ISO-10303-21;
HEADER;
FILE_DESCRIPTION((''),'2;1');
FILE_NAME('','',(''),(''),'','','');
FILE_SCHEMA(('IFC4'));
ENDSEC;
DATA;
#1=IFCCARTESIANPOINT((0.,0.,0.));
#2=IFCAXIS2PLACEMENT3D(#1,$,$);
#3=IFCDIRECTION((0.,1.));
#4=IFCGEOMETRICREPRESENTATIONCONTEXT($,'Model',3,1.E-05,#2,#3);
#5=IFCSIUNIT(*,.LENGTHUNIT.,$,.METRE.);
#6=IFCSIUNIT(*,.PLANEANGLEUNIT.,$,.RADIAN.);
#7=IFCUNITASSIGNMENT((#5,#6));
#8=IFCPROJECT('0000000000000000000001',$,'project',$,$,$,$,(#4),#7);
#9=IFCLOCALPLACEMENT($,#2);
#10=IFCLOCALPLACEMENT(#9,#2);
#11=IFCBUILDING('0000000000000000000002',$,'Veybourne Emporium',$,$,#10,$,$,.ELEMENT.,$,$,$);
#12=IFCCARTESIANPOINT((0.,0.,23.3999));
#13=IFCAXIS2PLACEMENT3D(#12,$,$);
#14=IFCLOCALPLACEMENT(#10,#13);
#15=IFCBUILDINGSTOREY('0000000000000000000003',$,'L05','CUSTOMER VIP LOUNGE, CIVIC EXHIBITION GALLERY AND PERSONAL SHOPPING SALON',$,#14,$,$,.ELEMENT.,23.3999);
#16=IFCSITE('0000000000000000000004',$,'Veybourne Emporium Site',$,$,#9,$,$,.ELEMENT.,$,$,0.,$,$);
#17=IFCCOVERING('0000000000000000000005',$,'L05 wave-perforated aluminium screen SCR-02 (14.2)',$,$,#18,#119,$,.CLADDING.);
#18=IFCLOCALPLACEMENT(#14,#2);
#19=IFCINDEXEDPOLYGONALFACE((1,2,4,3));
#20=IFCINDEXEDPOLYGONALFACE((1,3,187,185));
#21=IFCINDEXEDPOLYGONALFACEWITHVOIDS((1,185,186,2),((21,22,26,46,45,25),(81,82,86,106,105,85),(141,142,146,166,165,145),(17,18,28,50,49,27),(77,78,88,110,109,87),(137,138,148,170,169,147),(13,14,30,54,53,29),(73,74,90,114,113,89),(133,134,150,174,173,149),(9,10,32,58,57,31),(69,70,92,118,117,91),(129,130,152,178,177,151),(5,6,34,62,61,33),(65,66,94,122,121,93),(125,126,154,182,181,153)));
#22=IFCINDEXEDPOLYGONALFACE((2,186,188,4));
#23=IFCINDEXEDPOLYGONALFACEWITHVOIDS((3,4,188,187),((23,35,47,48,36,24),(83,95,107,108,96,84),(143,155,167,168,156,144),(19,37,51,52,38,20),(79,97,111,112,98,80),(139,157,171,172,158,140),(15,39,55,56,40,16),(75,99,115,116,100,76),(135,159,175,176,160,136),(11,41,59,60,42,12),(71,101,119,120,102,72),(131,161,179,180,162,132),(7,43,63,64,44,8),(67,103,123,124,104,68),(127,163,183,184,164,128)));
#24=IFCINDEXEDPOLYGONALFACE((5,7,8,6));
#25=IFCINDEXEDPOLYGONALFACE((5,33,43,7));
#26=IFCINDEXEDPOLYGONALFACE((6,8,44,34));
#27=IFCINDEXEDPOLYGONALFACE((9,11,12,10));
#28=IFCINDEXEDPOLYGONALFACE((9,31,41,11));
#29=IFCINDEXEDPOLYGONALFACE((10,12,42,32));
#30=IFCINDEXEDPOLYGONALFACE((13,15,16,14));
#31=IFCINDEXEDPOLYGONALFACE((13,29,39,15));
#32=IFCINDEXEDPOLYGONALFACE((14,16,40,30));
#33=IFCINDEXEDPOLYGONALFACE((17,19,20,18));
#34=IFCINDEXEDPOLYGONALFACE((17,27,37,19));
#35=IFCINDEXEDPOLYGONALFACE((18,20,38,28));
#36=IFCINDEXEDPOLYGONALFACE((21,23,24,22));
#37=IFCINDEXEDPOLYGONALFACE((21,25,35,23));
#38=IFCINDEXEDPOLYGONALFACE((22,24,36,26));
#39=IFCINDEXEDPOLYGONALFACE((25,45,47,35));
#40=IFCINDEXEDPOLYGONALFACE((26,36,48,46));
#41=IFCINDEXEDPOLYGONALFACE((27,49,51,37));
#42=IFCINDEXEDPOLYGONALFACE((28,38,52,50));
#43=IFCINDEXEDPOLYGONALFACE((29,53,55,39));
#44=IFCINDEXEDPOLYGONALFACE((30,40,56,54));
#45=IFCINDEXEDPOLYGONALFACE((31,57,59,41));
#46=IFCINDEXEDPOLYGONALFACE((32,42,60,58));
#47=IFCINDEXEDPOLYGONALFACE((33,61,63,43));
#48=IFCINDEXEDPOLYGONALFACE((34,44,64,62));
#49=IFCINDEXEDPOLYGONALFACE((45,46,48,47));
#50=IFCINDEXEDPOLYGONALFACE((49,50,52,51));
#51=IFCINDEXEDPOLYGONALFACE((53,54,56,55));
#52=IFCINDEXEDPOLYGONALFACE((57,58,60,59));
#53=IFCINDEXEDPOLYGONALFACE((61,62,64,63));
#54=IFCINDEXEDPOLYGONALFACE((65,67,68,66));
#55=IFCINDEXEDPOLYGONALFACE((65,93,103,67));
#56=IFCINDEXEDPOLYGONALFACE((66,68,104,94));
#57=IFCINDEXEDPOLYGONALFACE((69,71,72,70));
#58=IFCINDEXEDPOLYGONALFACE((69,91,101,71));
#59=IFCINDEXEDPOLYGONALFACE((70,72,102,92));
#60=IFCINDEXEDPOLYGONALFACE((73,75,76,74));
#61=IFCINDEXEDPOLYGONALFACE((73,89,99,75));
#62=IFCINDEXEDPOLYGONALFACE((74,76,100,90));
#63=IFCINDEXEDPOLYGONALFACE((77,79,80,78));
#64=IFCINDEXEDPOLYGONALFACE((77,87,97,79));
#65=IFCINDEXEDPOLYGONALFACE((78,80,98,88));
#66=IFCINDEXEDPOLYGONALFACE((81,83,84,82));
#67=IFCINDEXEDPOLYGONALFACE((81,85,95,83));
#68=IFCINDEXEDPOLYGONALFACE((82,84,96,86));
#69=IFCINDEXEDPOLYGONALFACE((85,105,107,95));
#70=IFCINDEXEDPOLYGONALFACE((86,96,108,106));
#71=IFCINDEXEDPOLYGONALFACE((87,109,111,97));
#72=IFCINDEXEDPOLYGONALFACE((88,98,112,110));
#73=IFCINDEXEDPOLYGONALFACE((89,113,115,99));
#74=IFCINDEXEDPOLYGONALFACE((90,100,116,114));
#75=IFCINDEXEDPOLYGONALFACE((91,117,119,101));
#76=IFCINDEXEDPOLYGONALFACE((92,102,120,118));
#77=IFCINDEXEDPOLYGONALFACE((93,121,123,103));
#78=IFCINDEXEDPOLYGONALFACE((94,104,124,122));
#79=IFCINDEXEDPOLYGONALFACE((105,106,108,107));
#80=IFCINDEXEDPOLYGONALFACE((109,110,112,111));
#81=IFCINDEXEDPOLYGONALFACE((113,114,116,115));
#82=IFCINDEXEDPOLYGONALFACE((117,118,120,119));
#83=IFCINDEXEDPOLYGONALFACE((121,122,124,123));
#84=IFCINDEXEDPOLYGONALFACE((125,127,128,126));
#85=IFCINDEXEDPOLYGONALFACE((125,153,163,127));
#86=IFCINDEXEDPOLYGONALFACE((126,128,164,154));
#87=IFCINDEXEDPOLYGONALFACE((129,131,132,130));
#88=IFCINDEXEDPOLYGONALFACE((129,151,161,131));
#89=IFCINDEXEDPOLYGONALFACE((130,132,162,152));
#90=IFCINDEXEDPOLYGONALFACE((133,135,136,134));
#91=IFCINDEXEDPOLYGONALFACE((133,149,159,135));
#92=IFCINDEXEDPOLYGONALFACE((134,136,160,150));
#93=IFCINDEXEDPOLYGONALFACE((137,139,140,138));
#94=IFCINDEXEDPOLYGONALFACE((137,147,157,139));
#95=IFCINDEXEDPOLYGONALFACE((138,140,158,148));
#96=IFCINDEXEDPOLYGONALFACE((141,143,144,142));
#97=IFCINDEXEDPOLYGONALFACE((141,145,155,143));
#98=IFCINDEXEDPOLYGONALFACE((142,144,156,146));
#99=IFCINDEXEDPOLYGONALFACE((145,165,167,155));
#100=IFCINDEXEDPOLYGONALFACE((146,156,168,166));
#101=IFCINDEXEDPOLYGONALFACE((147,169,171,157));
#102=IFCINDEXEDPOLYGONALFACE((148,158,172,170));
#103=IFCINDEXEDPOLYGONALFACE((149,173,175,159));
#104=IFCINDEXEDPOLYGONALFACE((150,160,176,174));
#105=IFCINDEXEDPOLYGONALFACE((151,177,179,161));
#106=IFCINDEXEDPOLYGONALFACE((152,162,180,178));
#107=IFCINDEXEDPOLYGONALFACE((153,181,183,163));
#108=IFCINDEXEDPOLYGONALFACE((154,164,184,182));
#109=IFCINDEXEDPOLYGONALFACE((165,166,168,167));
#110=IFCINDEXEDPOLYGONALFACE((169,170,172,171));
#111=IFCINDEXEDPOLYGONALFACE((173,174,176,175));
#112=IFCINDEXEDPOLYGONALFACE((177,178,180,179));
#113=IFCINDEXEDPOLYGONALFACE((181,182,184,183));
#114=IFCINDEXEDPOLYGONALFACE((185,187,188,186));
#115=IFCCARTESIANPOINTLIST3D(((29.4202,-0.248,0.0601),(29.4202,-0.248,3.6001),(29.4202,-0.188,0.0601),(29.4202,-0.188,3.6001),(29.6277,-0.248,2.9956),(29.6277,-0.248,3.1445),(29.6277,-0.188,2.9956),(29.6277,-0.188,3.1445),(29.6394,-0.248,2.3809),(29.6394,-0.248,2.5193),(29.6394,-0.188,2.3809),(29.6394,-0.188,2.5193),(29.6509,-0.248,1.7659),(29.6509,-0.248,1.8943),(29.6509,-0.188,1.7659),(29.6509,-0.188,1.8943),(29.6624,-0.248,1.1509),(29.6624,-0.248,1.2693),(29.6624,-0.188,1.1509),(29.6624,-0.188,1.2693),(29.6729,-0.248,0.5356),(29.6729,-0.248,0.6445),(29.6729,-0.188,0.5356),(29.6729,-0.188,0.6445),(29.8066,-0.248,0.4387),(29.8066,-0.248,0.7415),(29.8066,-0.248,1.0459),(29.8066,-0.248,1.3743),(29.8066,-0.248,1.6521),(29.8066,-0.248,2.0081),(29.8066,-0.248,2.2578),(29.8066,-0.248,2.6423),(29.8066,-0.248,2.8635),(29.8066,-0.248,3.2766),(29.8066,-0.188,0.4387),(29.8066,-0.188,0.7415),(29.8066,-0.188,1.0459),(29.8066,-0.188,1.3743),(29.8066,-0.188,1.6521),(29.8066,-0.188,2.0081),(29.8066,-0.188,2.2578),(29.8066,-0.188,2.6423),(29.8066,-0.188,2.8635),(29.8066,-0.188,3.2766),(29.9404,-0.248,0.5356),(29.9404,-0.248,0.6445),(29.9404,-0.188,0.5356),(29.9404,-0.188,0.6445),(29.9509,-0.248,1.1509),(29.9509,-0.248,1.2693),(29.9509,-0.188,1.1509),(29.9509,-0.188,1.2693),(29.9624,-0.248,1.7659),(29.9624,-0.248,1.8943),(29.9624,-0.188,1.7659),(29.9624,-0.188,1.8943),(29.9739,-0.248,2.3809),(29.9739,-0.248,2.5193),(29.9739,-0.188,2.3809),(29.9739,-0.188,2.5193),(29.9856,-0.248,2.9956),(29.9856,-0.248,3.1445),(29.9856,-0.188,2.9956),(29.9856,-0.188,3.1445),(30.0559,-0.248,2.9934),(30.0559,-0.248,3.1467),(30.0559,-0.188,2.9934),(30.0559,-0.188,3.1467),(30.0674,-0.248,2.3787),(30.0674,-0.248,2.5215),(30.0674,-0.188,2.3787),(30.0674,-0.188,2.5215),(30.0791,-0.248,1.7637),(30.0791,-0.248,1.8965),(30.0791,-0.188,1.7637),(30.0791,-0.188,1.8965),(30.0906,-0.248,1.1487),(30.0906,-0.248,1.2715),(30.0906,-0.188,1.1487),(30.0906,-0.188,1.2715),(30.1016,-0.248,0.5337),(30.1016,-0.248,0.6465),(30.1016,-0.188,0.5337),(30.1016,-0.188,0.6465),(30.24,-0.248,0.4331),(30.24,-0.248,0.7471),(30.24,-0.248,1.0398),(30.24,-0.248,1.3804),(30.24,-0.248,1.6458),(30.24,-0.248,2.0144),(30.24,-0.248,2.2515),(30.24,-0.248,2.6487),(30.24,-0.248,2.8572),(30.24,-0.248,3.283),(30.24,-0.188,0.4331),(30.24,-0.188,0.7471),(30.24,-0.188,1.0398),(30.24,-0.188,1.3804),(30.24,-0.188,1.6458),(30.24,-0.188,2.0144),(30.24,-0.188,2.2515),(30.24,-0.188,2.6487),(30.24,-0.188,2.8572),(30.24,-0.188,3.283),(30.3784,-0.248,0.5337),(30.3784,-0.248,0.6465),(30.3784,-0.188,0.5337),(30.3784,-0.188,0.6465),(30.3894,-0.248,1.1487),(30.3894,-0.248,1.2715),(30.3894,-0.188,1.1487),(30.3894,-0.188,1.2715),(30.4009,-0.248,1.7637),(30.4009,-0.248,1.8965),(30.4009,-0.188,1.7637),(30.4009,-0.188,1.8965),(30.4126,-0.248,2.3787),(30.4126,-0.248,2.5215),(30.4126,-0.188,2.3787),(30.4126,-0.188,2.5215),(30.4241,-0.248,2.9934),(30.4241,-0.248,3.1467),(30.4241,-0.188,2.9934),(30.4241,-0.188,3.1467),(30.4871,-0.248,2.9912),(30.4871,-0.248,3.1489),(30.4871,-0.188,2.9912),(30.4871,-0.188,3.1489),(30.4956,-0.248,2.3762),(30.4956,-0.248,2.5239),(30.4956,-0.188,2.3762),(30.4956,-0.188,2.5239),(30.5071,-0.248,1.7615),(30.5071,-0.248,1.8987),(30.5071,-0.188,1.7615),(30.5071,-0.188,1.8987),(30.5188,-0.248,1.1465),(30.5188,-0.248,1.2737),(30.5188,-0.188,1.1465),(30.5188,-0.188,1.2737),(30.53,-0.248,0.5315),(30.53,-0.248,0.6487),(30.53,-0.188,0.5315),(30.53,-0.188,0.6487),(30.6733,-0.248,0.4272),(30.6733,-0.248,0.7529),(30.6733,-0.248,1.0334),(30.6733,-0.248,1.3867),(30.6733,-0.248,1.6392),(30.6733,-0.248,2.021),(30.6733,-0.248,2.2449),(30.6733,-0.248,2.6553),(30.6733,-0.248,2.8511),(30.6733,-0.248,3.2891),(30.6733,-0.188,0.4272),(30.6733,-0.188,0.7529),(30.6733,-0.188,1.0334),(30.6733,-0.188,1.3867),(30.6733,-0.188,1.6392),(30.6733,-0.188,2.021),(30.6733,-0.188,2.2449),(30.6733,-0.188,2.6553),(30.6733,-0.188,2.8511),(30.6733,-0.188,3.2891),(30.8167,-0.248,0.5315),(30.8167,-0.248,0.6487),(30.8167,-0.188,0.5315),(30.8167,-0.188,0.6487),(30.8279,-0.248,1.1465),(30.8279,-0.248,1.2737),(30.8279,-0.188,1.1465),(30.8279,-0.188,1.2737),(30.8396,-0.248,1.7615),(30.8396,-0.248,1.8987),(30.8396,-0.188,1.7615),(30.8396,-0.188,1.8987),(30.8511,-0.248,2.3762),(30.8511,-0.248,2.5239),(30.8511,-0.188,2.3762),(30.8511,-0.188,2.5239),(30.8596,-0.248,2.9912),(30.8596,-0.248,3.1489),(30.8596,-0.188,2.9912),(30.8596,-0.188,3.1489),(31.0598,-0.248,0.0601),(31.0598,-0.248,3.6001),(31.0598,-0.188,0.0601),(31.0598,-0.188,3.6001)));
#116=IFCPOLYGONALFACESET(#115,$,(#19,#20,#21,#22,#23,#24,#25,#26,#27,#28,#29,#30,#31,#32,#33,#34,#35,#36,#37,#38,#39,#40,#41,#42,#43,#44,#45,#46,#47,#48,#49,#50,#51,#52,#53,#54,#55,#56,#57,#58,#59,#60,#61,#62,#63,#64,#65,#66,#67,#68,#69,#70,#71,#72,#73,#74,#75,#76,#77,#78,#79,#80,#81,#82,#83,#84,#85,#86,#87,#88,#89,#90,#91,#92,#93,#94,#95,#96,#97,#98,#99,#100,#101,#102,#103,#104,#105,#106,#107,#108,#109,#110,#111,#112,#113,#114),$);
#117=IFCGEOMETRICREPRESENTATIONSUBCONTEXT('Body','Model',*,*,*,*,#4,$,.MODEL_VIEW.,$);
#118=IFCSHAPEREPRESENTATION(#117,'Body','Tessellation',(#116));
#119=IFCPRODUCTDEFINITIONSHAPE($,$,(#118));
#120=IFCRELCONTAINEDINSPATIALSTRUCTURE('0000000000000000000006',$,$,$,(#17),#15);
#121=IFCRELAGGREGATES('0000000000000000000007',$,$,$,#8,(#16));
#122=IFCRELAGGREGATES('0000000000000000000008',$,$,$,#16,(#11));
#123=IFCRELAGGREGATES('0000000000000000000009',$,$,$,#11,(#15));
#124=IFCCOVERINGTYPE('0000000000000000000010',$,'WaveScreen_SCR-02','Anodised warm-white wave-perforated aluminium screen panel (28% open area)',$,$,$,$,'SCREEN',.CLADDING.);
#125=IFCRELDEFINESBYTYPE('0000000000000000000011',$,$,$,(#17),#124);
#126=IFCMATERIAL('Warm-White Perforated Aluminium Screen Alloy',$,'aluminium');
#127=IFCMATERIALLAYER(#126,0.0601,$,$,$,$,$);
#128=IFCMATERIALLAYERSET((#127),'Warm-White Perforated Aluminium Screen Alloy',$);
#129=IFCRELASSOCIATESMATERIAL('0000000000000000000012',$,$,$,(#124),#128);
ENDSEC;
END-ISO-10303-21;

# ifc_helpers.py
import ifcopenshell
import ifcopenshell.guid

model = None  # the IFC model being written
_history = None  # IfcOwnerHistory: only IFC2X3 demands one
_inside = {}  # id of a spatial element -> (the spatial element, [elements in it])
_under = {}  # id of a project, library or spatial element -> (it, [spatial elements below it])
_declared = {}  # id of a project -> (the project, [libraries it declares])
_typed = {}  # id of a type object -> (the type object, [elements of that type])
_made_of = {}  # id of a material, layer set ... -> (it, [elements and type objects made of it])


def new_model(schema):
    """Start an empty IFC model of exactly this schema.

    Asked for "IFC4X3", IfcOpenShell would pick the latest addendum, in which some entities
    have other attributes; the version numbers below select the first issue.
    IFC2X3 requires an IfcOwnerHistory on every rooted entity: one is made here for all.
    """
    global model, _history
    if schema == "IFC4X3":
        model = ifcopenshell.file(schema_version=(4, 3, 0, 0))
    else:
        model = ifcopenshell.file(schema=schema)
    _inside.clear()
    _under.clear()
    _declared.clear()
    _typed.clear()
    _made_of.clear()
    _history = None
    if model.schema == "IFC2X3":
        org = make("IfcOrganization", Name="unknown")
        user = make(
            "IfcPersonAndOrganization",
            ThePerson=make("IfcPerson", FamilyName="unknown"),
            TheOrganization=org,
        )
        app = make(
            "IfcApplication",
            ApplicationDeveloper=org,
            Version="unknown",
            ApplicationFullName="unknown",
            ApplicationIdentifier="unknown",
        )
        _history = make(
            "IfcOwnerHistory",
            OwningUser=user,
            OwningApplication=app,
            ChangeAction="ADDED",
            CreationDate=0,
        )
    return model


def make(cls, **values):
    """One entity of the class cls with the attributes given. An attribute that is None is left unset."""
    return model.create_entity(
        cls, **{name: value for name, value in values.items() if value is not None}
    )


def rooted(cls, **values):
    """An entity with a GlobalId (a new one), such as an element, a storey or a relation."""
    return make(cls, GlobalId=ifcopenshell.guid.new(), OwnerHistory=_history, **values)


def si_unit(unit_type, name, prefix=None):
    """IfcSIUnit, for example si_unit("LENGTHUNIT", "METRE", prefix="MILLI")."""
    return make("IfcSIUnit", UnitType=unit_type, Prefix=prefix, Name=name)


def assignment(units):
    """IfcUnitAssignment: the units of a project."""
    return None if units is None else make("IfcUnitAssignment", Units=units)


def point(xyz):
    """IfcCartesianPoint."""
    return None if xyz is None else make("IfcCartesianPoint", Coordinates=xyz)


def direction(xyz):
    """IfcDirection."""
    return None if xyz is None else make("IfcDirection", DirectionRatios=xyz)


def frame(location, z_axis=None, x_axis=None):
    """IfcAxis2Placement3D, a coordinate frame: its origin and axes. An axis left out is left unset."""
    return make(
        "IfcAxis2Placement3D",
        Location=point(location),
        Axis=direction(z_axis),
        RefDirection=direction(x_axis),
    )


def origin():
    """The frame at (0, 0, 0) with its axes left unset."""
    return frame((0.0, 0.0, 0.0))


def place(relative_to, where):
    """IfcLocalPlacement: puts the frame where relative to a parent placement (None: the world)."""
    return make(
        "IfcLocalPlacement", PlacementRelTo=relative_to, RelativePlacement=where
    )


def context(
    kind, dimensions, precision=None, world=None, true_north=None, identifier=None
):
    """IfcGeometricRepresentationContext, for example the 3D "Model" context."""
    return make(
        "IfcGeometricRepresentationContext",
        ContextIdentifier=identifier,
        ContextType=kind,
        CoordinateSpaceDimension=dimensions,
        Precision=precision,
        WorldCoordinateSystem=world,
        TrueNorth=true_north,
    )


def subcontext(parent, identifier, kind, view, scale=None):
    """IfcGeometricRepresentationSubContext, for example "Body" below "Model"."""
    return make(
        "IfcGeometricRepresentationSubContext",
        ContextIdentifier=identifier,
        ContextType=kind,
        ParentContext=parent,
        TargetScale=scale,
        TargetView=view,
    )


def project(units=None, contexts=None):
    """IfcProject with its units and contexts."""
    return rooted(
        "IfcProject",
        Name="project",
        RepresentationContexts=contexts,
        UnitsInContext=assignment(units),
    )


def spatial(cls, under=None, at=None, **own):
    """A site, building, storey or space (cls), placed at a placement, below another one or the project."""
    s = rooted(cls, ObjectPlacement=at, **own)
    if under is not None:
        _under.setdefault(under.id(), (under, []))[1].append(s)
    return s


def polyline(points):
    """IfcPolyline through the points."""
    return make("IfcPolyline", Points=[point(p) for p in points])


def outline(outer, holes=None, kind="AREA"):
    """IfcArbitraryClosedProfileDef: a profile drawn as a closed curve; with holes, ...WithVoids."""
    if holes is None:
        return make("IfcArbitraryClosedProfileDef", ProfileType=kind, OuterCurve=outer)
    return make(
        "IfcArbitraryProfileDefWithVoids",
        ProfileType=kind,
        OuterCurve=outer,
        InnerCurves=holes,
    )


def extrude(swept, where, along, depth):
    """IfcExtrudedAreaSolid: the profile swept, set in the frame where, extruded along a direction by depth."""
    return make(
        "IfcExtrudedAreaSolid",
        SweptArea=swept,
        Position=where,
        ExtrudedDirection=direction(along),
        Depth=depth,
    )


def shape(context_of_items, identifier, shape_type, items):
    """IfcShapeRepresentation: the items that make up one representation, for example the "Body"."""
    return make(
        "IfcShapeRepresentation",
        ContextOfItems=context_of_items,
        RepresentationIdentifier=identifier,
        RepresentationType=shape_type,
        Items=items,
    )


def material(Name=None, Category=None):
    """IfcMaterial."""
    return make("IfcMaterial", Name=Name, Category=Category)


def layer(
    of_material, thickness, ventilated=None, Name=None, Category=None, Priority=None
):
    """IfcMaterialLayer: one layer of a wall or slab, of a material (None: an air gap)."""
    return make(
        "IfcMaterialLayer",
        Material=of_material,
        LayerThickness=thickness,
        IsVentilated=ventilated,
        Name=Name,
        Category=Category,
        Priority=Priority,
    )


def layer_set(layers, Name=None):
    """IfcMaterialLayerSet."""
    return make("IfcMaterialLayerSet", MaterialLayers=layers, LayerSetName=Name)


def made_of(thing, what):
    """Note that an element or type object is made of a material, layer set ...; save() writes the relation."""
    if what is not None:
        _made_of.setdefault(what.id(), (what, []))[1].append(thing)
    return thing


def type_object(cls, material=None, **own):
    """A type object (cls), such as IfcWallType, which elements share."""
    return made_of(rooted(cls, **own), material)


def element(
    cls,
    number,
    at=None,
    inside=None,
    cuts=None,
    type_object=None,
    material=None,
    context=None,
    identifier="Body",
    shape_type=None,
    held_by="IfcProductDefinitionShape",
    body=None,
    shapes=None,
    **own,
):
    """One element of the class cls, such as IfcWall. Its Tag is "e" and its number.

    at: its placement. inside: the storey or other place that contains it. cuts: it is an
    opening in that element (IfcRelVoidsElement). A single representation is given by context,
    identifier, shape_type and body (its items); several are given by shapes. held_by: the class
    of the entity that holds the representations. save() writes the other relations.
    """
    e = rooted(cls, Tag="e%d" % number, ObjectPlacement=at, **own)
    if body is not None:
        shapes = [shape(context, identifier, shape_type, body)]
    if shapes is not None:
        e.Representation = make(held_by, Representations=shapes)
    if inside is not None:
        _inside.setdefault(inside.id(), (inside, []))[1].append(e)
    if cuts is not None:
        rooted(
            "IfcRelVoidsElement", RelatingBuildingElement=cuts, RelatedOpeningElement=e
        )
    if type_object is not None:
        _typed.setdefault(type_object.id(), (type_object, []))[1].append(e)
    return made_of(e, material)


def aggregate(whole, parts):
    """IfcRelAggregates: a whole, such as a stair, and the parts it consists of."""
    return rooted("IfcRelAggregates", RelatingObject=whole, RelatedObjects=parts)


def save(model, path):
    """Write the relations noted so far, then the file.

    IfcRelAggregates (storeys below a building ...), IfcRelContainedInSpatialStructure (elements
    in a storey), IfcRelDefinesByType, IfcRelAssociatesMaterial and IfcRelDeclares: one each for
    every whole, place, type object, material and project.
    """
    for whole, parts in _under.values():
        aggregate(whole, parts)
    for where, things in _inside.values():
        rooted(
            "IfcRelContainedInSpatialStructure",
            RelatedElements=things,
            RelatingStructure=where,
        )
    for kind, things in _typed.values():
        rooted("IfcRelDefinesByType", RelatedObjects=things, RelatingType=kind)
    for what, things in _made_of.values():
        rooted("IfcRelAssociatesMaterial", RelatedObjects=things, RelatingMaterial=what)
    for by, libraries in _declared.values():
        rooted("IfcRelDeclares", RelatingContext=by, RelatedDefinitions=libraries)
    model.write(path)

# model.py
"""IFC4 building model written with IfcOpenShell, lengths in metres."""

from ifc_helpers import new_model, si_unit, direction, frame, origin, place, context, subcontext, project, spatial, polyline, outline, extrude, material, layer, layer_set, type_object, element, save


model = new_model("IFC4")

# Units and contexts
model_context = context("Model", 3, precision=1e-05, world=origin(), true_north=direction((0.0, 1.0)))
body_context = subcontext(model_context, "Body", "Model", "MODEL_VIEW")
ifc_project = project(units=[si_unit("LENGTHUNIT", "METRE"), si_unit("PLANEANGLEUNIT", "RADIAN")], contexts=[model_context])

# Site, building, storey
site_placement = place(None, origin())
site = spatial("IfcSite", under=ifc_project, at=site_placement, Name="Veybourne Emporium Site", CompositionType="ELEMENT", RefElevation=0.0)
building_placement = place(site_placement, origin())
building = spatial("IfcBuilding", under=site, at=building_placement, Name="Veybourne Emporium", CompositionType="ELEMENT")
storey_placement = place(building_placement, frame((0.0, 0.0, 23.3999)))
storey = spatial("IfcBuildingStorey", under=building, at=storey_placement, Name="L05", Description="CUSTOMER VIP LOUNGE, CIVIC EXHIBITION GALLERY AND PERSONAL SHOPPING SALON", CompositionType="ELEMENT", Elevation=23.3999)

# Covering
ifc_material_1 = material(Name="Warm-White Perforated Aluminium Screen Alloy", Category="aluminium")
ifc_layer_1 = layer(ifc_material_1, 0.0601)
ifc_layer_set_1 = layer_set([ifc_layer_1], Name="Warm-White Perforated Aluminium Screen Alloy")
covering_type_1 = type_object("IfcCoveringType", Name="WaveScreen_SCR-02", Description="Anodised warm-white wave-perforated aluminium screen panel (28% open area)", ElementType="SCREEN", PredefinedType="CLADDING", material=ifc_layer_set_1)
covering_1_placement = place(storey_placement, frame((30.24, -0.248, 1.8301), z_axis=(0.0, 1.0, 0.0), x_axis=(-1.0, 0.0, 0.0)))
element("IfcCovering", 1, at=covering_1_placement, inside=storey, type_object=covering_type_1, Name="L05 wave-perforated aluminium screen SCR-02 (14.2)", PredefinedType="CLADDING", context=body_context, shape_type="SweptSolid", body=[
    extrude(outline(polyline([(-0.8198, -1.77), (0.8198, -1.77), (0.8198, 1.77), (-0.8198, 1.77), (-0.8198, -1.77)]), holes=[polyline([(-0.4333, -1.0771), (-0.29, -1.1814), (-0.29, -1.2986), (-0.4333, -1.4028), (-0.5767, -1.2986), (-0.5767, -1.1814), (-0.4333, -1.0771)]), polyline([(-0.4333, -0.4434), (-0.2788, -0.5564), (-0.2788, -0.6836), (-0.4333, -0.7966), (-0.5879, -0.6836), (-0.5879, -0.5564), (-0.4333, -0.4434)]), polyline([(-0.4333, 0.1909), (-0.2671, 0.0686), (-0.2671, -0.0686), (-0.4333, -0.1909), (-0.5996, -0.0686), (-0.5996, 0.0686), (-0.4333, 0.1909)]), polyline([(-0.4333, 0.8252), (-0.2556, 0.6938), (-0.2556, 0.5461), (-0.4333, 0.4148), (-0.6111, 0.5461), (-0.6111, 0.6938), (-0.4333, 0.8252)]), polyline([(-0.4333, 1.459), (-0.2471, 1.3188), (-0.2471, 1.1611), (-0.4333, 1.021), (-0.6196, 1.1611), (-0.6196, 1.3188), (-0.4333, 1.459)]), polyline([(0.0, -1.083), (0.1384, -1.1836), (0.1384, -1.2964), (0.0, -1.397), (-0.1384, -1.2964), (-0.1384, -1.1836), (0.0, -1.083)]), polyline([(0.0, -0.4497), (0.1494, -0.5586), (0.1494, -0.6814), (0.0, -0.7903), (-0.1494, -0.6814), (-0.1494, -0.5586), (0.0, -0.4497)]), polyline([(0.0, 0.1843), (0.1609, 0.0664), (0.1609, -0.0664), (0.0, -0.1843), (-0.1609, -0.0664), (-0.1609, 0.0664), (0.0, 0.1843)]), polyline([(0.0, 0.8186), (0.1726, 0.6914), (0.1726, 0.5486), (0.0, 0.4214), (-0.1726, 0.5486), (-0.1726, 0.6914), (0.0, 0.8186)]), polyline([(0.0, 1.4529), (0.1841, 1.3167), (0.1841, 1.1633), (0.0, 1.0271), (-0.1841, 1.1633), (-0.1841, 1.3167), (0.0, 1.4529)]), polyline([(0.4333, -1.0886), (0.5671, -1.1855), (0.5671, -1.2944), (0.4333, -1.3914), (0.2996, -1.2944), (0.2996, -1.1855), (0.4333, -1.0886)]), polyline([(0.4333, -0.4558), (0.5776, -0.5608), (0.5776, -0.6792), (0.4333, -0.7842), (0.2891, -0.6792), (0.2891, -0.5608), (0.4333, -0.4558)]), polyline([(0.4333, 0.178), (0.5891, 0.0642), (0.5891, -0.0642), (0.4333, -0.178), (0.2776, -0.0642), (0.2776, 0.0642), (0.4333, 0.178)]), polyline([(0.4333, 0.8123), (0.6006, 0.6892), (0.6006, 0.5508), (0.4333, 0.4277), (0.2661, 0.5508), (0.2661, 0.6892), (0.4333, 0.8123)]), polyline([(0.4333, 1.4465), (0.6123, 1.3145), (0.6123, 1.1655), (0.4333, 1.0334), (0.2544, 1.1655), (0.2544, 1.3145), (0.4333, 1.4465)])]), origin(), (0.0, 0.0, 1.0), 0.0601),
])

save(model, "model.ifc")
